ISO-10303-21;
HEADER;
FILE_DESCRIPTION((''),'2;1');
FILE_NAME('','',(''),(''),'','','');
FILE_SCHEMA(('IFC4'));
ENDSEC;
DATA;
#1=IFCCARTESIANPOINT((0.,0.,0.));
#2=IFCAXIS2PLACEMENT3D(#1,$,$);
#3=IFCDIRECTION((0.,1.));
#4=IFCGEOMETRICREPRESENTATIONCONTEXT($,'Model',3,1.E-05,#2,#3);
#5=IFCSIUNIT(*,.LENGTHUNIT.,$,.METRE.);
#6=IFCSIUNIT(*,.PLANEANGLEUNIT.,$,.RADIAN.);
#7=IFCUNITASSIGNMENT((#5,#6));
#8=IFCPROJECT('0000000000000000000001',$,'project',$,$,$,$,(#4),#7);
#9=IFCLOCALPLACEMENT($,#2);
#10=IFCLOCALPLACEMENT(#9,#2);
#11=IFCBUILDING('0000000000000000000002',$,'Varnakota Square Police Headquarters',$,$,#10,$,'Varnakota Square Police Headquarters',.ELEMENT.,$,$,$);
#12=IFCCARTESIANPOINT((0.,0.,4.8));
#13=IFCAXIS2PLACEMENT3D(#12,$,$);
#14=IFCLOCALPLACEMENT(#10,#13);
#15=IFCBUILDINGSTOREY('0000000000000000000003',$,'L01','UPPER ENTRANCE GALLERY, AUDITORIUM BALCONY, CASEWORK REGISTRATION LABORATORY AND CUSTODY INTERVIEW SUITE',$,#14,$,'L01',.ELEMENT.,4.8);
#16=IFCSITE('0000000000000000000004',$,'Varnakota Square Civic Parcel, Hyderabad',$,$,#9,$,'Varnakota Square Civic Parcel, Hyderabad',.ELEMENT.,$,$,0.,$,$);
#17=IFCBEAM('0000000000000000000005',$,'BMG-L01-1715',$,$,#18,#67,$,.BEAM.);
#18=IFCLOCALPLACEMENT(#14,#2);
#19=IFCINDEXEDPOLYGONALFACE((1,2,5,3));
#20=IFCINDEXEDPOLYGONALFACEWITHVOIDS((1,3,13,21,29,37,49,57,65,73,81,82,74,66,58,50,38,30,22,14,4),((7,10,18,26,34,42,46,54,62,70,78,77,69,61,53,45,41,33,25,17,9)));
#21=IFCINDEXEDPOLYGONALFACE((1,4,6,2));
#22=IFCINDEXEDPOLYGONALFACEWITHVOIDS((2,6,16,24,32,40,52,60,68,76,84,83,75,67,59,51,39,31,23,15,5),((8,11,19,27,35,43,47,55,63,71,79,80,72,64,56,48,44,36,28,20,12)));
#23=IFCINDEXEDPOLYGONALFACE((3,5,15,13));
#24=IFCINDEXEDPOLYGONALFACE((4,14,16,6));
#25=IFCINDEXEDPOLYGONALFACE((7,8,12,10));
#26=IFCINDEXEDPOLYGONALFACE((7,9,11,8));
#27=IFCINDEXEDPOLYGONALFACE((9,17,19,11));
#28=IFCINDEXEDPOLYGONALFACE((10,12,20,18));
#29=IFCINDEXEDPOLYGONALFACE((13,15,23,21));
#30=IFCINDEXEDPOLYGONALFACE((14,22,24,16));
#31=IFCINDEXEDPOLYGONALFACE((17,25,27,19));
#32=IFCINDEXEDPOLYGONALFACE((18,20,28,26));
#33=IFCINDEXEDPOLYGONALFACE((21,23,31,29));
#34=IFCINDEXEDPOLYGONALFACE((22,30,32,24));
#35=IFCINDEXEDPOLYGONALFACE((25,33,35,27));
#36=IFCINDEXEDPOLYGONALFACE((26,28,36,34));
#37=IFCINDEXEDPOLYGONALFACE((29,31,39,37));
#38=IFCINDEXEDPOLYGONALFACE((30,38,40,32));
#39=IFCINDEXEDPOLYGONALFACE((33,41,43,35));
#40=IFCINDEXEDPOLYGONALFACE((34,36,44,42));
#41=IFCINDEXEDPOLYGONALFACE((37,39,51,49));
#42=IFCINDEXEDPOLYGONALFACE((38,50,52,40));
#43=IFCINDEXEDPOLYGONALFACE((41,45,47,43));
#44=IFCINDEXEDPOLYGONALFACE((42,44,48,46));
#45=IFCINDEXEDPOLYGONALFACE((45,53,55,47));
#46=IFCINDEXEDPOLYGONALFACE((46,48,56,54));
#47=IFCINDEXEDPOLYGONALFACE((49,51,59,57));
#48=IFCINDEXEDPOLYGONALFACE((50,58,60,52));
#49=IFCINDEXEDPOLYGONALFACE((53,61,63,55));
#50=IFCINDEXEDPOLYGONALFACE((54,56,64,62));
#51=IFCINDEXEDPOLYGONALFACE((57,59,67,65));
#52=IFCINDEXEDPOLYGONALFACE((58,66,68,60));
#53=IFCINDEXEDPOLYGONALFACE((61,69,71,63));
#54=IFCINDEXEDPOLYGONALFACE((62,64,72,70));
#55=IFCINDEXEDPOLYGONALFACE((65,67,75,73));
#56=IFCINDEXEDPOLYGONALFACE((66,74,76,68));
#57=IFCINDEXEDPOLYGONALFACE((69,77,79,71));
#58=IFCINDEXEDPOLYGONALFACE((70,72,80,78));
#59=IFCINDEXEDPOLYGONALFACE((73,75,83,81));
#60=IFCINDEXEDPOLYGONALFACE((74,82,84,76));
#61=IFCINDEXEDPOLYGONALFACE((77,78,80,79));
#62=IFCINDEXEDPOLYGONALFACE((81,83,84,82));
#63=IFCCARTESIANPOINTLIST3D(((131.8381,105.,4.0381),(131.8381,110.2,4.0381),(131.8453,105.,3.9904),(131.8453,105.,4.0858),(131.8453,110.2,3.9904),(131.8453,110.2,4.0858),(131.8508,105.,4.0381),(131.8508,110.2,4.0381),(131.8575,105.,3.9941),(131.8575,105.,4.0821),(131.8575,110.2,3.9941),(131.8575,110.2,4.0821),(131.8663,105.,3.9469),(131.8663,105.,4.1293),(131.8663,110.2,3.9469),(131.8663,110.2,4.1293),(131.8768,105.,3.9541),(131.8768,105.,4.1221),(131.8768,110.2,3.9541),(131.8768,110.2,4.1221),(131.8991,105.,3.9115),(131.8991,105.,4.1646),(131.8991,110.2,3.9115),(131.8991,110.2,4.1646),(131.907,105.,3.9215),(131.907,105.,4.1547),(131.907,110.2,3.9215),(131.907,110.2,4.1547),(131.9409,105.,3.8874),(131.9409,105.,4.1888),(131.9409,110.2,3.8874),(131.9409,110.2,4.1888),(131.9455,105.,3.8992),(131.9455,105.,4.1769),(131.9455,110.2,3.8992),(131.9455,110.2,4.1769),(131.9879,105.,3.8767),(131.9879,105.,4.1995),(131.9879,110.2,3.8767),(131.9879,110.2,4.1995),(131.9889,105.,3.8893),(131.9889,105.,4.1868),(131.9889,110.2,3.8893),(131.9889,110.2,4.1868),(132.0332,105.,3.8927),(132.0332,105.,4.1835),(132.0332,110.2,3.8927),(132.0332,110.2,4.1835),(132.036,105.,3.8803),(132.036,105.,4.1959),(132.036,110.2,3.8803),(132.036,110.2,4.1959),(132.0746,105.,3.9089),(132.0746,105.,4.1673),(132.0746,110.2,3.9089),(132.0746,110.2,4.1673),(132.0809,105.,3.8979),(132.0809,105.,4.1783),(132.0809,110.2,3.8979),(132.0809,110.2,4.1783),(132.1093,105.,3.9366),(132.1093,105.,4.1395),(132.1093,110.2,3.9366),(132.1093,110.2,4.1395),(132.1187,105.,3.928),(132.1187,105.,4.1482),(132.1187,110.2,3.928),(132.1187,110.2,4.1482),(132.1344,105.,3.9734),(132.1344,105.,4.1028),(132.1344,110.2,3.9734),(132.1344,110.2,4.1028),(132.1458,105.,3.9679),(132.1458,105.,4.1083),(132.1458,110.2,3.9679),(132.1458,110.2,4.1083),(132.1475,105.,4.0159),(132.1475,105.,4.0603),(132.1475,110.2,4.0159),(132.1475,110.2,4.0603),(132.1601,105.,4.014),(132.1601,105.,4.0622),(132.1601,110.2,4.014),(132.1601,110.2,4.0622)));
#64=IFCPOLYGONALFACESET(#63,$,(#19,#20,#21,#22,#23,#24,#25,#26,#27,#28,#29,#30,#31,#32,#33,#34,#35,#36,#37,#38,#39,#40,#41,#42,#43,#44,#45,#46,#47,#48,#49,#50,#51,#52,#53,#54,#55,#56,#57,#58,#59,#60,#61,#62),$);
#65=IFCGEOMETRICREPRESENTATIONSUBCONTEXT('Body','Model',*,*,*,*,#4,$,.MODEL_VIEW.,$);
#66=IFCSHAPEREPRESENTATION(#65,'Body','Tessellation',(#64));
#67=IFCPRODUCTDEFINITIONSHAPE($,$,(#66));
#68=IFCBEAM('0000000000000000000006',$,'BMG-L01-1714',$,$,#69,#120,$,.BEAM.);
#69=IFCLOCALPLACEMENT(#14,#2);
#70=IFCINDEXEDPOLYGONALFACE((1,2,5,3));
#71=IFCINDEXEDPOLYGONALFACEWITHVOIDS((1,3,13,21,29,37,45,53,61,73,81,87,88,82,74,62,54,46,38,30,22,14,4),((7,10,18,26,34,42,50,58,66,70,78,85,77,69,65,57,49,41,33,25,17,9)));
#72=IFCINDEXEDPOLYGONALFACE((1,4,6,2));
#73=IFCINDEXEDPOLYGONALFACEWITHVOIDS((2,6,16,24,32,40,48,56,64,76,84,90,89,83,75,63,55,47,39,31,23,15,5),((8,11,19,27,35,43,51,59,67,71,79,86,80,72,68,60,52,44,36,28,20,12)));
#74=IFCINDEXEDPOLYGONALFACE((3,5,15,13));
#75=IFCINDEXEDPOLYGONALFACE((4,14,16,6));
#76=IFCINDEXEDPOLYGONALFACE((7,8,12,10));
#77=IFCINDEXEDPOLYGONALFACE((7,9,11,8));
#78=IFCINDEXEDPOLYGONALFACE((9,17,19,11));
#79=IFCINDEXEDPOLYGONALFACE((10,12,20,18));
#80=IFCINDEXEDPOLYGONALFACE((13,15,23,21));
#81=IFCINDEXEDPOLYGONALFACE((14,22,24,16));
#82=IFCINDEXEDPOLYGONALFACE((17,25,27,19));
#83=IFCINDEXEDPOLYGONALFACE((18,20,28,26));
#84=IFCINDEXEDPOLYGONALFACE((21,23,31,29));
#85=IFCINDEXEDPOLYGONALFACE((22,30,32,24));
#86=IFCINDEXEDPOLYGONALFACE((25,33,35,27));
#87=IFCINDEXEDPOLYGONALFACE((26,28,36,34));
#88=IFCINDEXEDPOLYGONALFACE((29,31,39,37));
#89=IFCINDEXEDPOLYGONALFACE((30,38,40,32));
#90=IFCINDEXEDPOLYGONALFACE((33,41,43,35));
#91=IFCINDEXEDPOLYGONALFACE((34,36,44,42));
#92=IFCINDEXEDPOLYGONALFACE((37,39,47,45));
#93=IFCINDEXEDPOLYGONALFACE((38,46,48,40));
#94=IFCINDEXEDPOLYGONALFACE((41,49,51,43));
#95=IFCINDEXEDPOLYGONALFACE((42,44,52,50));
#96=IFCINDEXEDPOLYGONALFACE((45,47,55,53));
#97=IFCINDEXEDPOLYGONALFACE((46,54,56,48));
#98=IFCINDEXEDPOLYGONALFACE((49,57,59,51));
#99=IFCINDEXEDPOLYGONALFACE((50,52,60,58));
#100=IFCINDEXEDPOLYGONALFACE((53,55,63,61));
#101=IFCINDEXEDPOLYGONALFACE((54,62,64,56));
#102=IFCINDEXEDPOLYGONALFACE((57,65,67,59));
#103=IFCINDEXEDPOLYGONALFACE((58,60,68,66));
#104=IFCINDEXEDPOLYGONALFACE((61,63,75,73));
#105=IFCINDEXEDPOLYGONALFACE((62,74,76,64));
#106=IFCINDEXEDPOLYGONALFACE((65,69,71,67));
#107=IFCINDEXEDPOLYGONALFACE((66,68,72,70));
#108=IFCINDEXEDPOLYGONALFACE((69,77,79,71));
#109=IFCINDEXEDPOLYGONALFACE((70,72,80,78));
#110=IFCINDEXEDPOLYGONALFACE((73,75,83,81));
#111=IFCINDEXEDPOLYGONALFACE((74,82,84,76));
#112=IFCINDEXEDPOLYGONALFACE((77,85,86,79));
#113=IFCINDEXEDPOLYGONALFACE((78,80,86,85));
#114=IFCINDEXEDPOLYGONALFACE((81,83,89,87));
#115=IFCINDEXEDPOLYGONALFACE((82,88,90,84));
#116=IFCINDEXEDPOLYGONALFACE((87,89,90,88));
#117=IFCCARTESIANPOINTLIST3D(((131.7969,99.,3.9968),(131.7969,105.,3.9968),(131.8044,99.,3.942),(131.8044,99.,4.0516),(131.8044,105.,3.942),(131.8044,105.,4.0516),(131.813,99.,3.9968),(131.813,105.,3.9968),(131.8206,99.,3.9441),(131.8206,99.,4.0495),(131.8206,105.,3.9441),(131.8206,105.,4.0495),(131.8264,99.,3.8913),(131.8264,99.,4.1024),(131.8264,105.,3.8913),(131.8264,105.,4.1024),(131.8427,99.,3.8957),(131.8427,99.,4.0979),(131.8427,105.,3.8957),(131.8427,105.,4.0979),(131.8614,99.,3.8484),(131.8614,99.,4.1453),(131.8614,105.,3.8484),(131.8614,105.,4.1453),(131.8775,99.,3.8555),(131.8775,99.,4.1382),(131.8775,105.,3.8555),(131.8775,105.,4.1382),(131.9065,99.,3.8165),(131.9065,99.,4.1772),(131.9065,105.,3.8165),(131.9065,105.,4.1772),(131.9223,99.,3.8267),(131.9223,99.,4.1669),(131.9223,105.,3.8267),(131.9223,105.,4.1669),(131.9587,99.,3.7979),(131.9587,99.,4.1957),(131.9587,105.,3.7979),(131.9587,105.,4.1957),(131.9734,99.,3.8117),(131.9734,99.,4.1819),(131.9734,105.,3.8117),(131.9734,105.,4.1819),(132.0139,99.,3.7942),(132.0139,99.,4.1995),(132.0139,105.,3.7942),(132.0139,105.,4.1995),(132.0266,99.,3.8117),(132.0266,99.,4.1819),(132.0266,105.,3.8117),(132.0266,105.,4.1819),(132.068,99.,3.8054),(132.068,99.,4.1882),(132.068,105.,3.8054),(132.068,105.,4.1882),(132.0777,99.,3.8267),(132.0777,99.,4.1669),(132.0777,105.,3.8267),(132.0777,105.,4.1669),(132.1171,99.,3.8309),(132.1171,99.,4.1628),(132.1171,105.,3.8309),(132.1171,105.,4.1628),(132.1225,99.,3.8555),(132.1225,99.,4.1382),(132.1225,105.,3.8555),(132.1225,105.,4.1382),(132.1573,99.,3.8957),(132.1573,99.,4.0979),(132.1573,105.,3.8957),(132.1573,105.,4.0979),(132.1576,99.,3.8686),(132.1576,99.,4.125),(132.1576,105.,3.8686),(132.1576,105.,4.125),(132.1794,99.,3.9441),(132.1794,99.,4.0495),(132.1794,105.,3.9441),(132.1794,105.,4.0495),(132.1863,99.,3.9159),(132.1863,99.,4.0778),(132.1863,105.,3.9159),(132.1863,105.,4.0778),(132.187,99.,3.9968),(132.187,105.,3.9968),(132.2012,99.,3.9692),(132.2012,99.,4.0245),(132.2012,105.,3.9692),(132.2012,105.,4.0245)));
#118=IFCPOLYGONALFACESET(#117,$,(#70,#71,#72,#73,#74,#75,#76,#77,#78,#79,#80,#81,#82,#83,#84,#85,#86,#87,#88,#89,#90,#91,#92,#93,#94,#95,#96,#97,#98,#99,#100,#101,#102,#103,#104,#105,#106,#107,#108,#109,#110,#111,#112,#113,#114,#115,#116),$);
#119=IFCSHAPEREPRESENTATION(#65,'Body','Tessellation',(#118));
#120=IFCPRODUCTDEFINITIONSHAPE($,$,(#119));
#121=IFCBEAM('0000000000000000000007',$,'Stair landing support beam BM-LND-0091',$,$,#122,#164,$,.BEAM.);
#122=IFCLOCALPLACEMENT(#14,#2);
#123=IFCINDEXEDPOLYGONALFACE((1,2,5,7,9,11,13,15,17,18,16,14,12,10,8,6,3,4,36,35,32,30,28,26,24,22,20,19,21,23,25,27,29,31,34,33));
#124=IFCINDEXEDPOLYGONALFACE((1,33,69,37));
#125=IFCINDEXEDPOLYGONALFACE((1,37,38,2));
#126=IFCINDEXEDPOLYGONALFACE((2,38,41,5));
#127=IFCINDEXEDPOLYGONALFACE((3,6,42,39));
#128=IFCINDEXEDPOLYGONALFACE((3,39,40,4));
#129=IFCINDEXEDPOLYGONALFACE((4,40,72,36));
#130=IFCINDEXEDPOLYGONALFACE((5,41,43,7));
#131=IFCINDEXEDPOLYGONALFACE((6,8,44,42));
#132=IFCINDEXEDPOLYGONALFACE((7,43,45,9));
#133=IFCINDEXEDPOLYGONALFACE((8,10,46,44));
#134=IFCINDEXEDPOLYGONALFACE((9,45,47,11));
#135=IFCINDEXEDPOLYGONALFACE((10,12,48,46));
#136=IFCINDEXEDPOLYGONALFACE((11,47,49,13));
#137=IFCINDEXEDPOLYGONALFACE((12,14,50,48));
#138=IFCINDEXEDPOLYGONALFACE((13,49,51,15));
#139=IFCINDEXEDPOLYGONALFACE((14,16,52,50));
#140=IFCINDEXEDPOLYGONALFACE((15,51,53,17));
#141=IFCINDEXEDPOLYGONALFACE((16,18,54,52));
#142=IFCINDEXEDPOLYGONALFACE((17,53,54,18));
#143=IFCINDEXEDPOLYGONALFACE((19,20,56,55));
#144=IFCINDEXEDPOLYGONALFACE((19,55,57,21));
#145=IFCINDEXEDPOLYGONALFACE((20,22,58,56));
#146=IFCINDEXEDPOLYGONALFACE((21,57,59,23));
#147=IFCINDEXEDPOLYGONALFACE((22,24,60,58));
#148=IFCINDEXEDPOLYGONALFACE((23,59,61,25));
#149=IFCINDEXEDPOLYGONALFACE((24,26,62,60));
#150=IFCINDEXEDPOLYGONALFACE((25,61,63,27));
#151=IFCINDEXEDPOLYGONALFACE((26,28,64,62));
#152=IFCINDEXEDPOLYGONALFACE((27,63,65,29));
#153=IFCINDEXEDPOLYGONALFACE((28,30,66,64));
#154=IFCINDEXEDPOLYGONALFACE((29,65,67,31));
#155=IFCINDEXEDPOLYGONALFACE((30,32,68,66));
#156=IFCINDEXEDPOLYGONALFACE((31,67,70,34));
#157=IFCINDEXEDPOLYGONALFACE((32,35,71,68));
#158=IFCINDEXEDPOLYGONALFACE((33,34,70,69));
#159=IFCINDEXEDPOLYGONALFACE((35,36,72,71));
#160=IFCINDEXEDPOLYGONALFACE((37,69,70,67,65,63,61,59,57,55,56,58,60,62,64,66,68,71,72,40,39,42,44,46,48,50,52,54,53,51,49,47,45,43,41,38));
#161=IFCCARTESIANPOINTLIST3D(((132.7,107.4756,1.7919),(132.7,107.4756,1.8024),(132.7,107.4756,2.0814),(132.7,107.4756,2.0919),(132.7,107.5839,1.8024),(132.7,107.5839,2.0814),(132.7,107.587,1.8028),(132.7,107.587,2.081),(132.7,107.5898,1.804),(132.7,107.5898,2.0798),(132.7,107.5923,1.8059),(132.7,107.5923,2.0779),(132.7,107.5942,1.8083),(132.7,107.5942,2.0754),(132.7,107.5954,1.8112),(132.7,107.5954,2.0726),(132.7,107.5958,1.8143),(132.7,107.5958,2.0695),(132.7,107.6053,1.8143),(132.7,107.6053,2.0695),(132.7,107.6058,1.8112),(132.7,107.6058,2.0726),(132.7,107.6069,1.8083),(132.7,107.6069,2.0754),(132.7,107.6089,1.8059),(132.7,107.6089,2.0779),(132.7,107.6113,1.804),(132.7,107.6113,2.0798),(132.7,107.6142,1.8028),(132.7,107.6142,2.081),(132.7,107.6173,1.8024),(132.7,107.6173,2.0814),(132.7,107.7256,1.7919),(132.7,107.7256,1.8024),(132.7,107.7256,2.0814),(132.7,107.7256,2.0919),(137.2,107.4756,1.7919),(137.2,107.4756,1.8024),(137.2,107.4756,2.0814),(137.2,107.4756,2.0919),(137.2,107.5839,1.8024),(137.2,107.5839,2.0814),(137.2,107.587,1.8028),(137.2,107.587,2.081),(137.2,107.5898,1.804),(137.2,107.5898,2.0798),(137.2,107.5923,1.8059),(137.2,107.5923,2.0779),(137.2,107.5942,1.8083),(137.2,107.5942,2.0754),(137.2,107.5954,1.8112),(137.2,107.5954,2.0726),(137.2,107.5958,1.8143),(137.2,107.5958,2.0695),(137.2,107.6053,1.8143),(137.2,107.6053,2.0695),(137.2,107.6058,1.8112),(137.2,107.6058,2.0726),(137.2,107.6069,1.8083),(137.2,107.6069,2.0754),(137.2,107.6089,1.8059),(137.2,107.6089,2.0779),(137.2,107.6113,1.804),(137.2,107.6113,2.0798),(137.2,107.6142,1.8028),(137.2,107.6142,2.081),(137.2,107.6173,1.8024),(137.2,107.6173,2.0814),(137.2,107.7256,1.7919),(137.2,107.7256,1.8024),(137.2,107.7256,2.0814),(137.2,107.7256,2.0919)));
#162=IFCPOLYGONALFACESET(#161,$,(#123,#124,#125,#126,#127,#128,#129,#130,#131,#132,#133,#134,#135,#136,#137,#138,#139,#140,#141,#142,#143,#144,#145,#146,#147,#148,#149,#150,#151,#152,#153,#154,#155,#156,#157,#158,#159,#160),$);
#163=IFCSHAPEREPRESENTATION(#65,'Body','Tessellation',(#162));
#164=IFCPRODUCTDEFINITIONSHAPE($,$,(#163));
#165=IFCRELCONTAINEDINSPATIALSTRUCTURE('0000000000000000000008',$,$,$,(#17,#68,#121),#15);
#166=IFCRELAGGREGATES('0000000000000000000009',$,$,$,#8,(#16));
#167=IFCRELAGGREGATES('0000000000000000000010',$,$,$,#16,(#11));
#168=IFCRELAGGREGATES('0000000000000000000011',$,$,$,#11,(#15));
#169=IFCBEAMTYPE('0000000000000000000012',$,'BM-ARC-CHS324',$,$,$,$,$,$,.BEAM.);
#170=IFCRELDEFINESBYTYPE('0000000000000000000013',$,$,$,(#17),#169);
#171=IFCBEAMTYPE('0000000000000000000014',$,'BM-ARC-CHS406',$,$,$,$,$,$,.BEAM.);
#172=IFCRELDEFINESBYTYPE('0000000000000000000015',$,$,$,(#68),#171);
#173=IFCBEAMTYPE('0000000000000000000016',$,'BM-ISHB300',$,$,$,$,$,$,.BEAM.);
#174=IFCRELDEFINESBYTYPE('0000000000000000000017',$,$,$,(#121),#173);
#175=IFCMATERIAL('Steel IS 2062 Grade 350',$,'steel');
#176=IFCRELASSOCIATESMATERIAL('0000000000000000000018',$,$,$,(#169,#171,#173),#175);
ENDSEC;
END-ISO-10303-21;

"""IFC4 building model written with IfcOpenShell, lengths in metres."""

from ifc_helpers import new_model, si_unit, direction, frame, origin, origin_2d, place, context, subcontext, project, spatial, hollow_circle, i_section, extrude, material, material_profile, profile_set, type_object, element, save


model = new_model("IFC4")

# Units and contexts
model_context = context("Model", 3, precision=1e-05, world=origin(), true_north=direction((0.0, 1.0)))
body_context = subcontext(model_context, "Body", "Model", "MODEL_VIEW")
ifc_project = project(units=[si_unit("LENGTHUNIT", "METRE"), si_unit("PLANEANGLEUNIT", "RADIAN")], contexts=[model_context])

# Site, building, storey
site_placement = place(None, origin())
site = spatial("IfcSite", under=ifc_project, at=site_placement, Name="Varnakota Square Civic Parcel, Hyderabad", LongName="Varnakota Square Civic Parcel, Hyderabad", CompositionType="ELEMENT", RefElevation=0.0)
building_placement = place(site_placement, origin())
building = spatial("IfcBuilding", under=site, at=building_placement, Name="Varnakota Square Police Headquarters", LongName="Varnakota Square Police Headquarters", CompositionType="ELEMENT")
storey_placement = place(building_placement, frame((0.0, 0.0, 4.8)))
storey = spatial("IfcBuildingStorey", under=building, at=storey_placement, Name="L01", Description="UPPER ENTRANCE GALLERY, AUDITORIUM BALCONY, CASEWORK REGISTRATION LABORATORY AND CUSTODY INTERVIEW SUITE", LongName="L01", CompositionType="ELEMENT", Elevation=4.8)

# Shared definitions
ifc_material_1 = material(Name="Steel IS 2062 Grade 350", Category="steel")

# Beams
ifc_material_profile_1 = material_profile(ifc_material_1, hollow_circle(Radius=0.1619, WallThickness=0.0127, at=origin_2d()), Name="CHS 323.9x12.7")
ifc_profile_set_1 = profile_set([ifc_material_profile_1], Name="Steel IS 2062 Grade 350")
beam_type_1 = type_object("IfcBeamType", Name="BM-ARC-CHS324", PredefinedType="BEAM", material=ifc_profile_set_1)
beam_1_placement = place(storey_placement, frame((132.0, 105.0, 4.0381), z_axis=(0.0, 1.0, 0.0), x_axis=(-1.0, 0.0, 0.0)))
element("IfcBeam", 1, at=beam_1_placement, inside=storey, type_object=beam_type_1, Name="BMG-L01-1715", PredefinedType="BEAM", context=body_context, shape_type="SweptSolid", body=[
    extrude(hollow_circle(Radius=0.1619, WallThickness=0.0127, at=origin_2d()), origin(), (0.0, 0.0, 1.0), 5.2),
])
ifc_material_profile_2 = material_profile(ifc_material_1, hollow_circle(Radius=0.2031, WallThickness=0.0161, at=origin_2d()), Name="CHS 406.4x16.0")
ifc_profile_set_2 = profile_set([ifc_material_profile_2], Name="Steel IS 2062 Grade 350")
beam_type_2 = type_object("IfcBeamType", Name="BM-ARC-CHS406", PredefinedType="BEAM", material=ifc_profile_set_2)
beam_2_placement = place(storey_placement, frame((132.0, 99.0, 3.9968), z_axis=(0.0, 1.0, 0.0), x_axis=(-1.0, 0.0, 0.0)))
element("IfcBeam", 2, at=beam_2_placement, inside=storey, type_object=beam_type_2, Name="BMG-L01-1714", PredefinedType="BEAM", context=body_context, shape_type="SweptSolid", body=[
    extrude(hollow_circle(Radius=0.2031, WallThickness=0.0161, at=origin_2d()), origin(), (0.0, 0.0, 1.0), 6.0),
])
ifc_material_profile_3 = material_profile(ifc_material_1, i_section(OverallWidth=0.25, OverallDepth=0.3, WebThickness=0.0095, FlangeThickness=0.0105, FilletRadius=0.012, at=origin_2d()), Name="ISHB 300")
ifc_profile_set_3 = profile_set([ifc_material_profile_3], Name="Steel IS 2062 Grade 350")
beam_type_3 = type_object("IfcBeamType", Name="BM-ISHB300", PredefinedType="BEAM", material=ifc_profile_set_3)
for number, where, z_axis, x_axis, name in (
    (3, (132.7, 107.6006, 1.9419), (1.0, 0.0, 0.0), (0.0, 1.0, 0.0), "Stair landing support beam BM-LND-0091"),
):
    element("IfcBeam", number, at=place(storey_placement, frame(where, z_axis=z_axis, x_axis=x_axis)), inside=storey, type_object=beam_type_3, Name=name, PredefinedType="BEAM", context=body_context, shape_type="SweptSolid", body=[
        extrude(i_section(OverallWidth=0.25, OverallDepth=0.3, WebThickness=0.0095, FlangeThickness=0.0105, FilletRadius=0.012, at=origin_2d()), origin(), (0.0, 0.0, 1.0), 4.5),
    ])

save(model, "model.ifc")
